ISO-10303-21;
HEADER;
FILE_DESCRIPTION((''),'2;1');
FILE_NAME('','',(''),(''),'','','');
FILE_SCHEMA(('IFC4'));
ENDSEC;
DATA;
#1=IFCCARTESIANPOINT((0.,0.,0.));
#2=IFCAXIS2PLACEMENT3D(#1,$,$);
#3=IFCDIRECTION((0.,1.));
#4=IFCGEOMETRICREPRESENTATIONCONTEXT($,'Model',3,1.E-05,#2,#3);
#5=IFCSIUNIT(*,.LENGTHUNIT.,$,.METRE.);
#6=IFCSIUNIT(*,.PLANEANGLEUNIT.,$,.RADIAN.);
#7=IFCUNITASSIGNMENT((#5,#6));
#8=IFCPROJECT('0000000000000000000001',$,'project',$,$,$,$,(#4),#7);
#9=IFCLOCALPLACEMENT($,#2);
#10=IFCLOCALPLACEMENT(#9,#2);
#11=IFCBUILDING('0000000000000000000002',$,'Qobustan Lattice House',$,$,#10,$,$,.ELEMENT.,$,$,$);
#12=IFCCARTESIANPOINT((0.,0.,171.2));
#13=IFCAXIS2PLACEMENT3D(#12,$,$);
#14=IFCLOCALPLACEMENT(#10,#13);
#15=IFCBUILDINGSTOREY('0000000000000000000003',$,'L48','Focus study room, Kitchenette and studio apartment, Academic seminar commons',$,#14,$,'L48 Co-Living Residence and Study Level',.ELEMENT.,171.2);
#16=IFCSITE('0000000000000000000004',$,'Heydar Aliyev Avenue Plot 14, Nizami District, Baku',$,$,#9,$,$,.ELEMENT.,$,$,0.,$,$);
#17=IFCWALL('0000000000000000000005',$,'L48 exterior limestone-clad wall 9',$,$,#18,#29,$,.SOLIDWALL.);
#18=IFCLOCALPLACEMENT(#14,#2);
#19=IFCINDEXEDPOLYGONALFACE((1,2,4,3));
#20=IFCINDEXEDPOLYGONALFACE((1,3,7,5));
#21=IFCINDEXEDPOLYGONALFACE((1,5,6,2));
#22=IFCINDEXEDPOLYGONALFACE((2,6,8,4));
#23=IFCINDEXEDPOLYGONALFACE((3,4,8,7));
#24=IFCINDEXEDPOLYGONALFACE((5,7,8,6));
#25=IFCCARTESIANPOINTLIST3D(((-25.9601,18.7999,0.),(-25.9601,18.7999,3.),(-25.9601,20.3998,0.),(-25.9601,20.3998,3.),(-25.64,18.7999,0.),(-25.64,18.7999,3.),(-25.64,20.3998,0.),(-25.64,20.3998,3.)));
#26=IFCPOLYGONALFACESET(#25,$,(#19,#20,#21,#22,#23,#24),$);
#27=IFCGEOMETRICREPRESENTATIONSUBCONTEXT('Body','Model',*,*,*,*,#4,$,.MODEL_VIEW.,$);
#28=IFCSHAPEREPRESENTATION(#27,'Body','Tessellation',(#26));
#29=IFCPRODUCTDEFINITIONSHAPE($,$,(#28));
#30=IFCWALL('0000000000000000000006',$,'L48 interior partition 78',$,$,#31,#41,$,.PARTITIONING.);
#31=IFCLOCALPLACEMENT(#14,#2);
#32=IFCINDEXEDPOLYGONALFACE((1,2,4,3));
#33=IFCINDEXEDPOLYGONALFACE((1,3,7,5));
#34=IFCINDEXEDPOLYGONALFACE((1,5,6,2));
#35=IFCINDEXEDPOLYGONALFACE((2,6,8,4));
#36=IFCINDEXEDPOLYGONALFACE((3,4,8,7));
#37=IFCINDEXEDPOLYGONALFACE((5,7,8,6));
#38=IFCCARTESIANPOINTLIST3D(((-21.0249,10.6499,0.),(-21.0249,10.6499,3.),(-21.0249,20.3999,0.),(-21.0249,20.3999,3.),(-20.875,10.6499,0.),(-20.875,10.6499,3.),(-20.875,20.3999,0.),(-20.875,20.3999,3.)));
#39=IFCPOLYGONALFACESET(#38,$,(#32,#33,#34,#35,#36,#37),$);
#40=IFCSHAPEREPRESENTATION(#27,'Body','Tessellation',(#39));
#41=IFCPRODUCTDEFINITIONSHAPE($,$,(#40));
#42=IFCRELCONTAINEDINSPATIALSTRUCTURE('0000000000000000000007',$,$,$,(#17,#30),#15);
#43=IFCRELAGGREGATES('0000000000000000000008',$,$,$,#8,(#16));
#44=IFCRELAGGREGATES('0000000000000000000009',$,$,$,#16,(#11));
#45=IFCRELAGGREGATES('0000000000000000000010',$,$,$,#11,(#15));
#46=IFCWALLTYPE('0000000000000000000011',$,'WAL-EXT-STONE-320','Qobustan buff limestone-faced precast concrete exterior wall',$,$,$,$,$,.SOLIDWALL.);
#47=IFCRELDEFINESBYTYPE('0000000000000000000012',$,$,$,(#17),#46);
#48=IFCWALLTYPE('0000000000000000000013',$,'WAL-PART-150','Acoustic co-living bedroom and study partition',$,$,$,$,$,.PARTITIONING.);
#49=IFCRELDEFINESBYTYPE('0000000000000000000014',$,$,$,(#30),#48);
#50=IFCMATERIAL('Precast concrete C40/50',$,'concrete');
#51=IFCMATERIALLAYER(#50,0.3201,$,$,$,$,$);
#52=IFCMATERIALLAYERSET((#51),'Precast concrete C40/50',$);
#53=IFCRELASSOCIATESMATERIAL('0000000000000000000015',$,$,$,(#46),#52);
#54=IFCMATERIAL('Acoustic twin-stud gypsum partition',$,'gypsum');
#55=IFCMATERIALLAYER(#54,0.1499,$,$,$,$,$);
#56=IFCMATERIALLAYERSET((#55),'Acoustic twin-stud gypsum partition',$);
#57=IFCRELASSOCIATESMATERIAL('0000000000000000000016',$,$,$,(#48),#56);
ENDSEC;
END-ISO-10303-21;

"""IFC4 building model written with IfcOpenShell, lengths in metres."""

from ifc_helpers import new_model, si_unit, direction, frame, frame_2d, origin, place, context, subcontext, project, spatial, rectangle, extrude, material, layer, layer_set, type_object, element, save


model = new_model("IFC4")

# Units and contexts
model_context = context("Model", 3, precision=1e-05, world=origin(), true_north=direction((0.0, 1.0)))
body_context = subcontext(model_context, "Body", "Model", "MODEL_VIEW")
ifc_project = project(units=[si_unit("LENGTHUNIT", "METRE"), si_unit("PLANEANGLEUNIT", "RADIAN")], contexts=[model_context])

# Site, building, storey
site_placement = place(None, origin())
site = spatial("IfcSite", under=ifc_project, at=site_placement, Name="Heydar Aliyev Avenue Plot 14, Nizami District, Baku", CompositionType="ELEMENT", RefElevation=0.0)
building_placement = place(site_placement, origin())
building = spatial("IfcBuilding", under=site, at=building_placement, Name="Qobustan Lattice House", CompositionType="ELEMENT")
storey_placement = place(building_placement, frame((0.0, 0.0, 171.2)))
storey = spatial("IfcBuildingStorey", under=building, at=storey_placement, Name="L48", Description="Focus study room, Kitchenette and studio apartment, Academic seminar commons", LongName="L48 Co-Living Residence and Study Level", CompositionType="ELEMENT", Elevation=171.2)

# Wall
ifc_material_1 = material(Name="Precast concrete C40/50", Category="concrete")
ifc_layer_1 = layer(ifc_material_1, 0.3201)
ifc_layer_set_1 = layer_set([ifc_layer_1], Name="Precast concrete C40/50")
wall_type_1 = type_object("IfcWallType", Name="WAL-EXT-STONE-320", Description="Qobustan buff limestone-faced precast concrete exterior wall", PredefinedType="SOLIDWALL", material=ifc_layer_set_1)
wall_1_placement = place(storey_placement, frame((-25.8, 18.8, 0.0), z_axis=(0.0, 0.0, 1.0), x_axis=(0.0, 1.0, 0.0)))
element("IfcWall", 1, at=wall_1_placement, inside=storey, type_object=wall_type_1, Name="L48 exterior limestone-clad wall 9", PredefinedType="SOLIDWALL", context=body_context, shape_type="SweptSolid", body=[
    extrude(rectangle(XDim=1.5999, YDim=0.3201, at=frame_2d((0.7998, 0.0))), origin(), (0.0, 0.0, 1.0), 3.0),
])

# Wall
ifc_material_2 = material(Name="Acoustic twin-stud gypsum partition", Category="gypsum")
ifc_layer_2 = layer(ifc_material_2, 0.1499)
ifc_layer_set_2 = layer_set([ifc_layer_2], Name="Acoustic twin-stud gypsum partition")
wall_type_2 = type_object("IfcWallType", Name="WAL-PART-150", Description="Acoustic co-living bedroom and study partition", PredefinedType="PARTITIONING", material=ifc_layer_set_2)
wall_2_placement = place(storey_placement, frame((-20.95, 20.3999, 0.0), z_axis=(0.0, 0.0, 1.0), x_axis=(0.0, -1.0, 0.0)))
element("IfcWall", 2, at=wall_2_placement, inside=storey, type_object=wall_type_2, Name="L48 interior partition 78", PredefinedType="PARTITIONING", context=body_context, shape_type="SweptSolid", body=[
    extrude(rectangle(XDim=9.75, YDim=0.1499, at=frame_2d((4.875, 0.0))), origin(), (0.0, 0.0, 1.0), 3.0),
])

save(model, "model.ifc")
